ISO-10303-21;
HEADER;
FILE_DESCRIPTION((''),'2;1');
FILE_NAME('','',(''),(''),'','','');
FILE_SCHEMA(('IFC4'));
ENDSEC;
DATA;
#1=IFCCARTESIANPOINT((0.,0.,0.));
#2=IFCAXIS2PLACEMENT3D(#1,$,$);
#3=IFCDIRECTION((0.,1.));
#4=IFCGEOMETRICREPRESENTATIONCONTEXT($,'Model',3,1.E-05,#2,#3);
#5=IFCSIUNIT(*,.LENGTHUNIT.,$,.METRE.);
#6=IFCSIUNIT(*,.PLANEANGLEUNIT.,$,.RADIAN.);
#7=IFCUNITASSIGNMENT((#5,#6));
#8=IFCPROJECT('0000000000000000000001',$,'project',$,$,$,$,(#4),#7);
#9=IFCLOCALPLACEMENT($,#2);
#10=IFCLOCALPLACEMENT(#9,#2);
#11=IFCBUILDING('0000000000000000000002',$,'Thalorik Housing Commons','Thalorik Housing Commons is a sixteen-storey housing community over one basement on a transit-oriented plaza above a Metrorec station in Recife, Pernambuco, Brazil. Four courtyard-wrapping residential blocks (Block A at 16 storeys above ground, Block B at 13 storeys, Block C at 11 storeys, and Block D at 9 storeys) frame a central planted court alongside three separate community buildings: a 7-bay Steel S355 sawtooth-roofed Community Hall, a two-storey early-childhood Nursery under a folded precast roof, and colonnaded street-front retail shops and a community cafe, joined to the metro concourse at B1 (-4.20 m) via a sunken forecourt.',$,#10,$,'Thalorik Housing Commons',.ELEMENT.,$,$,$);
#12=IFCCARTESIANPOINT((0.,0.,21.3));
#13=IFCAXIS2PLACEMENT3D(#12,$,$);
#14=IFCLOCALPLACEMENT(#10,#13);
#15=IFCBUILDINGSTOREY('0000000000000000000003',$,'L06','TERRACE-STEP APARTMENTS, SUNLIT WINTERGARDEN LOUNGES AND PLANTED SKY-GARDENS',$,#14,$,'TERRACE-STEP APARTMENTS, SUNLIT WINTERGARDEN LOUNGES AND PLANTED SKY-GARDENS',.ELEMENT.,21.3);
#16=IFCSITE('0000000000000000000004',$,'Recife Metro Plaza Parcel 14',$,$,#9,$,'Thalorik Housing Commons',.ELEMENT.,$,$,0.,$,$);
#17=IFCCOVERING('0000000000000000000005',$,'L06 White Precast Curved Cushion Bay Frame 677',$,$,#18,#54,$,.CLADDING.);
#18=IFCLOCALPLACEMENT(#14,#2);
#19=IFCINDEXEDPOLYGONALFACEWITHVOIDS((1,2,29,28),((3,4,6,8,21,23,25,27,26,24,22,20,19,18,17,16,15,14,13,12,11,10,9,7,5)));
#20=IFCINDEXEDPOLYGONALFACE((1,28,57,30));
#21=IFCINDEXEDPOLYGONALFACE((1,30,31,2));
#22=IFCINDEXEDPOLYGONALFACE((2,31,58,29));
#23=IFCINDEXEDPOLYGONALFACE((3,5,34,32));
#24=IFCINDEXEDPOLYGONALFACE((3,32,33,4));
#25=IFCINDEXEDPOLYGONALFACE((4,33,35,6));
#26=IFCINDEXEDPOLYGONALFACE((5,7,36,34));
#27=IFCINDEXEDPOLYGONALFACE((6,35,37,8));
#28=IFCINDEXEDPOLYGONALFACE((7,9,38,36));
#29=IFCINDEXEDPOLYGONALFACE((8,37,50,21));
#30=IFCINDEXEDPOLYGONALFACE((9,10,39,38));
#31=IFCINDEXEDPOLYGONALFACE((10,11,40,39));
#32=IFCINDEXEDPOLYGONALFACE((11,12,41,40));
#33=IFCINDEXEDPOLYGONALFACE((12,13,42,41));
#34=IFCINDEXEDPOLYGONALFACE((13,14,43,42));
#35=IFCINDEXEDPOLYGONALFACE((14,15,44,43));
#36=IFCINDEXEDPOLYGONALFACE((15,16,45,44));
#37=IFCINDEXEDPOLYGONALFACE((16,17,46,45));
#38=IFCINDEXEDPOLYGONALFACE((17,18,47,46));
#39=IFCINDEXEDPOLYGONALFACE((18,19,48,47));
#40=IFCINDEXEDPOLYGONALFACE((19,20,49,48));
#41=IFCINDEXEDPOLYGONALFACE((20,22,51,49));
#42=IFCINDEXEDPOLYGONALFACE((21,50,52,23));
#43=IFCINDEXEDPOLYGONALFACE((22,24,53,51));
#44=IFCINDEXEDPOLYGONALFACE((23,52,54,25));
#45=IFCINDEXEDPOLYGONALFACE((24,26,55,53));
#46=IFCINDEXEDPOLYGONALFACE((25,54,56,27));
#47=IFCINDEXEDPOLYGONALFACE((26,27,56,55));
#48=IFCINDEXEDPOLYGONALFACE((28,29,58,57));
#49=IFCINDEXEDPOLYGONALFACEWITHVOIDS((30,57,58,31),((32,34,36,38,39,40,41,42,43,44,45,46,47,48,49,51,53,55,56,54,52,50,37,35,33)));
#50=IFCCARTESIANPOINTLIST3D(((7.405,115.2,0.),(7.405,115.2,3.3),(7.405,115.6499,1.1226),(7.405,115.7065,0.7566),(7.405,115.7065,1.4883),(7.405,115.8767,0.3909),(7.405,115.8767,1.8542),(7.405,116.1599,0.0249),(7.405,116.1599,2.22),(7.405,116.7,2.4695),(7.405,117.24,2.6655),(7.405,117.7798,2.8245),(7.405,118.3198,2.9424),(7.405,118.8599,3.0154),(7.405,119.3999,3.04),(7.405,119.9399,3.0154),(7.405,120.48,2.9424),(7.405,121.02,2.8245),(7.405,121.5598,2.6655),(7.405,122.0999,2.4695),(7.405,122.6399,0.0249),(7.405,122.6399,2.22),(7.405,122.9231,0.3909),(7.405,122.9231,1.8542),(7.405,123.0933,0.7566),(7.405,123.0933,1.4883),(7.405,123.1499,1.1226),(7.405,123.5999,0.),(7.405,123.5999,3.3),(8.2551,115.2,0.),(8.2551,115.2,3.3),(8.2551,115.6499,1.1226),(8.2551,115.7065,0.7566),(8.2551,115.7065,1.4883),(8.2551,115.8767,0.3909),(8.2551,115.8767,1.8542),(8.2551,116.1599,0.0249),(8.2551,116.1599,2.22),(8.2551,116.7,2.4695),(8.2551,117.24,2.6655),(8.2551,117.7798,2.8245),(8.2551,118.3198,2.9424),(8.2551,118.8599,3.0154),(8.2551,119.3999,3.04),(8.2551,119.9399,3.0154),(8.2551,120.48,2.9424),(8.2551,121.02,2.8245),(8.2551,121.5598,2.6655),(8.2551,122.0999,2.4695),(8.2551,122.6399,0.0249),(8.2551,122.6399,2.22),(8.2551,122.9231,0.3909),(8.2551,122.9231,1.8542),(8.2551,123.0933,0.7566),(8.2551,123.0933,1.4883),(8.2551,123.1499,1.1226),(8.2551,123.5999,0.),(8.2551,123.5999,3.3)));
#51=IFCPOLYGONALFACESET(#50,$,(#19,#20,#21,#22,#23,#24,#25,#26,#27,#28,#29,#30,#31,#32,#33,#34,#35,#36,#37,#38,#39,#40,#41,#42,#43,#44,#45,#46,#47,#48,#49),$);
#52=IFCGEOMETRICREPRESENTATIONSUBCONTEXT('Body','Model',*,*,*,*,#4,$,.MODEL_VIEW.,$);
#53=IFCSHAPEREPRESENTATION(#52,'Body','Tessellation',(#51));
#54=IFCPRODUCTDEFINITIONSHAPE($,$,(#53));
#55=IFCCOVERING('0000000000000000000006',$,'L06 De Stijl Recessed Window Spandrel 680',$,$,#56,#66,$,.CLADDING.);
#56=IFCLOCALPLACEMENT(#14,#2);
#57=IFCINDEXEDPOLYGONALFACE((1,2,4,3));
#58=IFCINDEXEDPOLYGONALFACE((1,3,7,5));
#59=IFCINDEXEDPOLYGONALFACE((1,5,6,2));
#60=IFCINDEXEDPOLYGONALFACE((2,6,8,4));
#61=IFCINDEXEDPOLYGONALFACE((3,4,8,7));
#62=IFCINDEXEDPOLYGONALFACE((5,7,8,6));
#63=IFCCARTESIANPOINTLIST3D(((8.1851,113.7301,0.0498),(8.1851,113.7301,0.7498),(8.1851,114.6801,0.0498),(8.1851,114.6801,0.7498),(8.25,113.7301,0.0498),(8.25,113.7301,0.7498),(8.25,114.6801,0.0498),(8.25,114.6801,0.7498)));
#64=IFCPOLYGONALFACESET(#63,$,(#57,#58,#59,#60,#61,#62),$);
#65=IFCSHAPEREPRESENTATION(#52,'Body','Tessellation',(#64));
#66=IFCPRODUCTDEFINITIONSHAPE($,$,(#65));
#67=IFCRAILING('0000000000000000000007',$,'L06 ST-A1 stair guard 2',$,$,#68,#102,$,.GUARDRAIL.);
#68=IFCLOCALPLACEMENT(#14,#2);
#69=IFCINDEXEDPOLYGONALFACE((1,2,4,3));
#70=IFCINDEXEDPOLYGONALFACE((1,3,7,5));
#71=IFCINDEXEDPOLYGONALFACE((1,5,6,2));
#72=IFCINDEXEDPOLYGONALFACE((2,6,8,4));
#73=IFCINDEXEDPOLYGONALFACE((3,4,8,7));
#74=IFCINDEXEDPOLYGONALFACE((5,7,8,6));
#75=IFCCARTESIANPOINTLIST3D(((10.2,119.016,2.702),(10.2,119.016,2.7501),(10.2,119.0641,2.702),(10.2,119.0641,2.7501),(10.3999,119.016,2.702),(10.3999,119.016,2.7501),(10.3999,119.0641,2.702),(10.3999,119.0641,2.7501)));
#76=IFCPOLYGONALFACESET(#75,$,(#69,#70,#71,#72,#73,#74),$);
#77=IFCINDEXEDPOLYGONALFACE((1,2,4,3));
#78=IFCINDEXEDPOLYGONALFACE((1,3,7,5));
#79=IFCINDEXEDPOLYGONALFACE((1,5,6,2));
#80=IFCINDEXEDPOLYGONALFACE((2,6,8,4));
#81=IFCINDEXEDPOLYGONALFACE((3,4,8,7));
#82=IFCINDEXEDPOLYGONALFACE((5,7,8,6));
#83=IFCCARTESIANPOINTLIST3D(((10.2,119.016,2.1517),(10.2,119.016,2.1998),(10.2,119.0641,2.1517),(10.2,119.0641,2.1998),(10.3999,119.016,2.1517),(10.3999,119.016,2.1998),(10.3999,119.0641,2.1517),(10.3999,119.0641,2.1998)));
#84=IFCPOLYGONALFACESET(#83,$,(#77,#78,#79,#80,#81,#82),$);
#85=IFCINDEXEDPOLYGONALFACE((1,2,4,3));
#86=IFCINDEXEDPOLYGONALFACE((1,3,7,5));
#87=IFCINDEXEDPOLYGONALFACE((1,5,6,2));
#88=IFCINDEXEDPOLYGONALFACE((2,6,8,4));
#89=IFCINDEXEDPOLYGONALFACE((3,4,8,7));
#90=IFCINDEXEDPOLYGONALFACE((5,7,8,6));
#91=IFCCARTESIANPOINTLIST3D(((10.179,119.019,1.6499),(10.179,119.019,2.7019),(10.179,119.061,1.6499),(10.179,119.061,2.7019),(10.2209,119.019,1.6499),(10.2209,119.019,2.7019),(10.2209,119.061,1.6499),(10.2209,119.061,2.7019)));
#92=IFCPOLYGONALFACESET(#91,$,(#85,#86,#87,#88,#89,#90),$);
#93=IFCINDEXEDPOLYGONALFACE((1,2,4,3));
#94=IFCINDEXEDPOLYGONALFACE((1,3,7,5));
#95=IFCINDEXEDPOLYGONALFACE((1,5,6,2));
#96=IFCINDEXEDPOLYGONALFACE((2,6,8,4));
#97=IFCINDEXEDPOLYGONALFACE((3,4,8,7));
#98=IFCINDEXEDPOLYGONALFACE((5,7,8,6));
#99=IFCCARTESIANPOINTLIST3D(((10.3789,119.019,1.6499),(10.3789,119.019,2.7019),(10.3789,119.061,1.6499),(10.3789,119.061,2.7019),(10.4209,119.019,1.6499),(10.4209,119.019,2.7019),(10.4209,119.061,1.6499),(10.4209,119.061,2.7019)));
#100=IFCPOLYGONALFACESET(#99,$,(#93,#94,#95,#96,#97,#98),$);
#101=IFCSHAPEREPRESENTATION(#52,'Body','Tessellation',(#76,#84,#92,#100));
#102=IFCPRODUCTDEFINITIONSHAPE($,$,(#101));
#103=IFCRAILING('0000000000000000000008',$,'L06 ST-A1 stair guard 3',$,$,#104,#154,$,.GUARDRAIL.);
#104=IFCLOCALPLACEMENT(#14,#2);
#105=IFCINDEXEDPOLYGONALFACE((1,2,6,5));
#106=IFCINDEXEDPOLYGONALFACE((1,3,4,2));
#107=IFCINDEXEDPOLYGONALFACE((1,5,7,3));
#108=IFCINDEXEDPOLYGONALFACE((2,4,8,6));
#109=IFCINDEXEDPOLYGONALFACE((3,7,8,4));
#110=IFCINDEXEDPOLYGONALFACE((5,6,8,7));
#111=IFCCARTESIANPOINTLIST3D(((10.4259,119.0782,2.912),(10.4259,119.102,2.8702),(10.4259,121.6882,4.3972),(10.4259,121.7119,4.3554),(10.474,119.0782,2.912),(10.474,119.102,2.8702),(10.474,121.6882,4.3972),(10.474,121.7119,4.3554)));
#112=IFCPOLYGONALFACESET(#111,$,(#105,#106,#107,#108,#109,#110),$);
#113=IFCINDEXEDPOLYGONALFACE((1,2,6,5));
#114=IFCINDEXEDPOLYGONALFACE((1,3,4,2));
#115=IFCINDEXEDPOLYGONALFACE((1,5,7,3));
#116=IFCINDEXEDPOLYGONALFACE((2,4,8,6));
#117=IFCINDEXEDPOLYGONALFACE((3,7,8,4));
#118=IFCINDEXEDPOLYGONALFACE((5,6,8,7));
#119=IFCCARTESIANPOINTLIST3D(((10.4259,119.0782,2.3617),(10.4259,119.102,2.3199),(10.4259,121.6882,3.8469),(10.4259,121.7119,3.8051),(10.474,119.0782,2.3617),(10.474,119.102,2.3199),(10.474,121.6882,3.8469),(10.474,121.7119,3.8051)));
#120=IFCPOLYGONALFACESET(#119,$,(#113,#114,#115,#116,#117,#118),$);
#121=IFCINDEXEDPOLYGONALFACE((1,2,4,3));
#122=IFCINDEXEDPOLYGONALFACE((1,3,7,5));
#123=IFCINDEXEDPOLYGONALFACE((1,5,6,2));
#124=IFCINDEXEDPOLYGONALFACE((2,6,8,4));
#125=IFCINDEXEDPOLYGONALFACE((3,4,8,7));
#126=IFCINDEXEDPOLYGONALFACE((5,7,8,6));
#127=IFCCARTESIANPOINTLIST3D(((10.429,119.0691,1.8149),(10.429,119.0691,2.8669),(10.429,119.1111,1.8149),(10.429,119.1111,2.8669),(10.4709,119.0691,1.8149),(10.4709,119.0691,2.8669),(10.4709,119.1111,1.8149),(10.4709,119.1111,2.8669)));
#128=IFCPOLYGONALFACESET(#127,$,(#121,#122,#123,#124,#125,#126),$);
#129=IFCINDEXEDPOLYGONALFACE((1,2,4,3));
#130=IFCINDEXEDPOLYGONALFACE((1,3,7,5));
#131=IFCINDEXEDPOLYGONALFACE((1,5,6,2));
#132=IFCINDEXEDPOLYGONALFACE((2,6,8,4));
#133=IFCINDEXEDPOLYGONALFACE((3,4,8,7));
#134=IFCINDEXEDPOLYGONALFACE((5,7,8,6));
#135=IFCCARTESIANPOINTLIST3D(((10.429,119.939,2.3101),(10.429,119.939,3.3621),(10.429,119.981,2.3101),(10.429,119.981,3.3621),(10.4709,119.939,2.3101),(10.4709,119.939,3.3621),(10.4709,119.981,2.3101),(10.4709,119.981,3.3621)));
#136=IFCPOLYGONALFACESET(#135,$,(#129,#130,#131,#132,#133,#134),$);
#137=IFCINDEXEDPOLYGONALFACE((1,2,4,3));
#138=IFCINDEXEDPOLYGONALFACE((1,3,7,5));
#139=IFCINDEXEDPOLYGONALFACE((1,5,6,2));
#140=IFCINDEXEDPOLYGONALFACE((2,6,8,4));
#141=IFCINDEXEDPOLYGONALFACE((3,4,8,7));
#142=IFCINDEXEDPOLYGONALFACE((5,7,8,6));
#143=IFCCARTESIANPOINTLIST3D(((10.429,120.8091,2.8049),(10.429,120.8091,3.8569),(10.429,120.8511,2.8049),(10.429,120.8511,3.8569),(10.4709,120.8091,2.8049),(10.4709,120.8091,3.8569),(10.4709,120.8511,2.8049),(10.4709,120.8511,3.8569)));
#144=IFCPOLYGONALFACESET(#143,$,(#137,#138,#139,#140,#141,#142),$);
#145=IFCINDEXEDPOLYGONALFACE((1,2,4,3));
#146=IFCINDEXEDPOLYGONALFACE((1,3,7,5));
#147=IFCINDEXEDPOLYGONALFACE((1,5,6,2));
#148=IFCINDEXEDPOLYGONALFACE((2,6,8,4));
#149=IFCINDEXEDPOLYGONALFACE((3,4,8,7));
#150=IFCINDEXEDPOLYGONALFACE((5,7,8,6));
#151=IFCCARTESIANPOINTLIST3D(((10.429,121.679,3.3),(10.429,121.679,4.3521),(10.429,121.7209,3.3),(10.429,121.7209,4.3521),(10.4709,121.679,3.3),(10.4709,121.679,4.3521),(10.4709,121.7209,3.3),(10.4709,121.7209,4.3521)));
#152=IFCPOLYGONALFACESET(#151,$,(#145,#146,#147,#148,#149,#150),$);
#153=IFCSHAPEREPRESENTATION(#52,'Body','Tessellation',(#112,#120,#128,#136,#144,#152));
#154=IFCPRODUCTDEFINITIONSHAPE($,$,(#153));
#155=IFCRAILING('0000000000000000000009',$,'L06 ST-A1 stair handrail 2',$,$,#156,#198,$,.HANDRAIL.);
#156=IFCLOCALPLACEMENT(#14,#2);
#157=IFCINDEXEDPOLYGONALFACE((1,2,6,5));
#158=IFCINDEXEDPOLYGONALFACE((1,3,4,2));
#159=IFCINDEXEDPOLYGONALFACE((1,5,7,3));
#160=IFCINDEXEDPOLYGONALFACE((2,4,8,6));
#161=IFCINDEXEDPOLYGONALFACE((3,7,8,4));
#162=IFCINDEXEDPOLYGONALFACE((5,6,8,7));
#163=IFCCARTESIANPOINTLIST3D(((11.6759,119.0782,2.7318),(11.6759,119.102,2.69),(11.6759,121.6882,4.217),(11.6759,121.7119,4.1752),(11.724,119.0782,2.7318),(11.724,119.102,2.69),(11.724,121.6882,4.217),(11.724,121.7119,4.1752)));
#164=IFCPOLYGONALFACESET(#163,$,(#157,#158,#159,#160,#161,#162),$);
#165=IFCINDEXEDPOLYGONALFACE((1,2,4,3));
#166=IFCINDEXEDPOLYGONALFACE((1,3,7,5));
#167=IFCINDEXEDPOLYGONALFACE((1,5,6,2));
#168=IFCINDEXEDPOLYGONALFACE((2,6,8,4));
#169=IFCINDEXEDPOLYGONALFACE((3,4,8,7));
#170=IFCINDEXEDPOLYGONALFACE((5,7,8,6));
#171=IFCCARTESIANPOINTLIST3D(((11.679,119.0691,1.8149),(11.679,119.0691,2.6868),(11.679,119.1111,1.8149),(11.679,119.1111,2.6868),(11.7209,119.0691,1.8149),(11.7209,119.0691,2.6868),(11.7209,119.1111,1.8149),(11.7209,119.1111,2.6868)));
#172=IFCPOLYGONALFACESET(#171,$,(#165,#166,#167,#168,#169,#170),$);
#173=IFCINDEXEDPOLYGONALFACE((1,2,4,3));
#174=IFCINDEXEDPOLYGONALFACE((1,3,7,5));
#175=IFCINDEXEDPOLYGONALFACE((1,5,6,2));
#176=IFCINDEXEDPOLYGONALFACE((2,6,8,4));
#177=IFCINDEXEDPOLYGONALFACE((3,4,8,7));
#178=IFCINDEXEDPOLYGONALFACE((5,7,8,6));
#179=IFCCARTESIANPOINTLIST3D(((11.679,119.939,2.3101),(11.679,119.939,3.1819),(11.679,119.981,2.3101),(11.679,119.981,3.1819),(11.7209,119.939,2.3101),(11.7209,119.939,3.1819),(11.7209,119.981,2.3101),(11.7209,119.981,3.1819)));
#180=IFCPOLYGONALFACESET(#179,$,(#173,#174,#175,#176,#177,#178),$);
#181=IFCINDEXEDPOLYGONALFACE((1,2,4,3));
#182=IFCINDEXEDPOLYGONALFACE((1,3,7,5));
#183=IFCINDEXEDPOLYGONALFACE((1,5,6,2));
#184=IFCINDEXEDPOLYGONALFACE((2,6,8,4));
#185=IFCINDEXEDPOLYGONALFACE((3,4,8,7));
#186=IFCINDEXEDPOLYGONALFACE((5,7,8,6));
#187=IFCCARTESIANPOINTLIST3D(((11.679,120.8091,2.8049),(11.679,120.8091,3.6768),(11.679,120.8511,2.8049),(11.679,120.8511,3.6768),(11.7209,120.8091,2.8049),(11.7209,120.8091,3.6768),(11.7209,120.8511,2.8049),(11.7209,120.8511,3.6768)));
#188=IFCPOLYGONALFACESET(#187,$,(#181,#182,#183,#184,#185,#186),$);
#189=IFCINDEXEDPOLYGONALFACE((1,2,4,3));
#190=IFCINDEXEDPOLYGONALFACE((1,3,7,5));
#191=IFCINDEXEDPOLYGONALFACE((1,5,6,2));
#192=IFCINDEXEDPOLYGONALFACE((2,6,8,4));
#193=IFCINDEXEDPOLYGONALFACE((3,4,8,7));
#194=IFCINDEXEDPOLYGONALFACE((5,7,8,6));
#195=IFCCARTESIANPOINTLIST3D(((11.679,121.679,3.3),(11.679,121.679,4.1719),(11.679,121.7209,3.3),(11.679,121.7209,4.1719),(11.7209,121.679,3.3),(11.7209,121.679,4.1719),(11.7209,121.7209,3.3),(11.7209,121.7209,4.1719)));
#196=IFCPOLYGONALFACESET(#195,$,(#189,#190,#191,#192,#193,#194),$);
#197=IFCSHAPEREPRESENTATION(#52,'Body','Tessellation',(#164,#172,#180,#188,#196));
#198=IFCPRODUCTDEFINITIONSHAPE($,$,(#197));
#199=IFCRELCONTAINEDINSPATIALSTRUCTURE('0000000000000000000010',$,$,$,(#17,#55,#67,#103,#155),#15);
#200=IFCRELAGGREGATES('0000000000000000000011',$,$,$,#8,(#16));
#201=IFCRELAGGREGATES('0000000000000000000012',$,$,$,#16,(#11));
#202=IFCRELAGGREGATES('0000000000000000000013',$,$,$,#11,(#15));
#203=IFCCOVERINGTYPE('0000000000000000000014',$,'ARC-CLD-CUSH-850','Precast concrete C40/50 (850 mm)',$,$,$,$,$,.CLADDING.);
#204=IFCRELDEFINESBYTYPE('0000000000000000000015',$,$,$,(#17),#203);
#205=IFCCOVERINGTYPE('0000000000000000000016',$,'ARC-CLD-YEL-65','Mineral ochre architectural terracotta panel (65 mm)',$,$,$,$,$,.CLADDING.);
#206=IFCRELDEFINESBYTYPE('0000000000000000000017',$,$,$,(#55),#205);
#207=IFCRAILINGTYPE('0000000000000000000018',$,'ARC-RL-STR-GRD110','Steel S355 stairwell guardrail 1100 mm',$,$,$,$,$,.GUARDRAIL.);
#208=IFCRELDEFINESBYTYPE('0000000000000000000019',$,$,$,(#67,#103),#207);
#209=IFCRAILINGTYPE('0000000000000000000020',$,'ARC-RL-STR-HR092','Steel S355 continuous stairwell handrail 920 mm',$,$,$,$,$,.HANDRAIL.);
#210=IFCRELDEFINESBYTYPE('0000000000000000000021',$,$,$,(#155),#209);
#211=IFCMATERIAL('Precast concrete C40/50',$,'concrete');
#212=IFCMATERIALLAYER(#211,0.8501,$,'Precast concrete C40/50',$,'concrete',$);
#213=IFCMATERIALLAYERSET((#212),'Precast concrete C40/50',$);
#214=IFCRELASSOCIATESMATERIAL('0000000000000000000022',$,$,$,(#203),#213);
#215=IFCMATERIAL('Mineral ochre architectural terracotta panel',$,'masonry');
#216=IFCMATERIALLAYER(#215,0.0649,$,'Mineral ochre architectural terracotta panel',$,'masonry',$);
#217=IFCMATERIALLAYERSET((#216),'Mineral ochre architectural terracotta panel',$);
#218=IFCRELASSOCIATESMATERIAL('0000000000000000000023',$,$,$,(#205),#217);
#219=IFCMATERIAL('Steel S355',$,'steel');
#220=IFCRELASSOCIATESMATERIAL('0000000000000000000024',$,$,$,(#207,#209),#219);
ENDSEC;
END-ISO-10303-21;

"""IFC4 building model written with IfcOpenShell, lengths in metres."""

from ifc_helpers import new_model, si_unit, direction, frame, origin, origin_2d, place, context, subcontext, project, spatial, polyline, rectangle, outline, extrude, material, layer, layer_set, type_object, element, save


model = new_model("IFC4")

# Units and contexts
model_context = context("Model", 3, precision=1e-05, world=origin(), true_north=direction((0.0, 1.0)))
body_context = subcontext(model_context, "Body", "Model", "MODEL_VIEW")
ifc_project = project(units=[si_unit("LENGTHUNIT", "METRE"), si_unit("PLANEANGLEUNIT", "RADIAN")], contexts=[model_context])

# Site, building, storey
site_placement = place(None, origin())
site = spatial("IfcSite", under=ifc_project, at=site_placement, Name="Recife Metro Plaza Parcel 14", LongName="Thalorik Housing Commons", CompositionType="ELEMENT", RefElevation=0.0)
building_placement = place(site_placement, origin())
building = spatial("IfcBuilding", under=site, at=building_placement, Name="Thalorik Housing Commons", Description="Thalorik Housing Commons is a sixteen-storey housing community over one basement on a transit-oriented plaza above a Metrorec station in Recife, Pernambuco, Brazil. Four courtyard-wrapping residential blocks (Block A at 16 storeys above ground, Block B at 13 storeys, Block C at 11 storeys, and Block D at 9 storeys) frame a central planted court alongside three separate community buildings: a 7-bay Steel S355 sawtooth-roofed Community Hall, a two-storey early-childhood Nursery under a folded precast roof, and colonnaded street-front retail shops and a community cafe, joined to the metro concourse at B1 (-4.20 m) via a sunken forecourt.", LongName="Thalorik Housing Commons", CompositionType="ELEMENT")
storey_placement = place(building_placement, frame((0.0, 0.0, 21.3)))
storey = spatial("IfcBuildingStorey", under=building, at=storey_placement, Name="L06", Description="TERRACE-STEP APARTMENTS, SUNLIT WINTERGARDEN LOUNGES AND PLANTED SKY-GARDENS", LongName="TERRACE-STEP APARTMENTS, SUNLIT WINTERGARDEN LOUNGES AND PLANTED SKY-GARDENS", CompositionType="ELEMENT", Elevation=21.3)

# Shared definitions
ifc_material_1 = material(Name="Precast concrete C40/50", Category="concrete")

# Shared definitions
ifc_material_2 = material(Name="Steel S355", Category="steel")

# Coverings
ifc_layer_1 = layer(ifc_material_1, 0.8501, Name="Precast concrete C40/50", Category="concrete")
ifc_layer_set_1 = layer_set([ifc_layer_1], Name="Precast concrete C40/50")
covering_type_1 = type_object("IfcCoveringType", Name="ARC-CLD-CUSH-850", Description="Precast concrete C40/50 (850 mm)", PredefinedType="CLADDING", material=ifc_layer_set_1)
covering_1_placement = place(storey_placement, frame((7.8301, 119.3999, 0.0), z_axis=(0.0, 0.0, 1.0), x_axis=(0.0, -1.0, 0.0)))
element("IfcCovering", 1, at=covering_1_placement, inside=storey, type_object=covering_type_1, Name="L06 White Precast Curved Cushion Bay Frame 677", PredefinedType="CLADDING", context=body_context, shape_type="SweptSolid", body=[
    extrude(outline(polyline([(-4.2, 0.0), (4.2, 0.0), (4.2, 3.3), (-4.2, 3.3), (-4.2, 0.0)]), holes=[polyline([(3.24, 0.0249), (3.5232, 0.3909), (3.6934, 0.7566), (3.75, 1.1226), (3.6934, 1.4883), (3.5232, 1.8542), (3.24, 2.22), (2.7, 2.4695), (2.1599, 2.6655), (1.6201, 2.8245), (1.0801, 2.9424), (0.54, 3.0154), (0.0, 3.04), (-0.54, 3.0154), (-1.0801, 2.9424), (-1.6201, 2.8245), (-2.1599, 2.6655), (-2.7, 2.4695), (-3.24, 2.22), (-3.5232, 1.8542), (-3.6934, 1.4883), (-3.75, 1.1226), (-3.6934, 0.7566), (-3.5232, 0.3909), (-3.24, 0.0249), (3.24, 0.0249)])]), frame((0.0, 0.425, 0.0), z_axis=(0.0, -1.0, 0.0), x_axis=(1.0, 0.0, 0.0)), (0.0, 0.0, 1.0), 0.8501),
])
ifc_material_3 = material(Name="Mineral ochre architectural terracotta panel", Category="masonry")
ifc_layer_2 = layer(ifc_material_3, 0.0649, Name="Mineral ochre architectural terracotta panel", Category="masonry")
ifc_layer_set_2 = layer_set([ifc_layer_2], Name="Mineral ochre architectural terracotta panel")
covering_type_2 = type_object("IfcCoveringType", Name="ARC-CLD-YEL-65", Description="Mineral ochre architectural terracotta panel (65 mm)", PredefinedType="CLADDING", material=ifc_layer_set_2)
covering_2_placement = place(storey_placement, frame((8.2175, 114.2051, 0.0498), z_axis=(0.0, 0.0, 1.0), x_axis=(0.0, -1.0, 0.0)))
element("IfcCovering", 2, at=covering_2_placement, inside=storey, type_object=covering_type_2, Name="L06 De Stijl Recessed Window Spandrel 680", PredefinedType="CLADDING", context=body_context, shape_type="SweptSolid", body=[
    extrude(rectangle(XDim=0.95, YDim=0.0649, at=origin_2d()), origin(), (0.0, 0.0, 1.0), 0.7),
])

# Railings
railing_type_1 = type_object("IfcRailingType", Name="ARC-RL-STR-GRD110", Description="Steel S355 stairwell guardrail 1100 mm", PredefinedType="GUARDRAIL", material=ifc_material_2)
railing_1_placement = place(storey_placement, frame((10.2, 119.04, 1.6499)))
element("IfcRailing", 3, at=railing_1_placement, inside=storey, type_object=railing_type_1, Name="L06 ST-A1 stair guard 2", PredefinedType="GUARDRAIL", context=body_context, shape_type="SweptSolid", body=[
    extrude(rectangle(XDim=0.0481, YDim=0.0481, at=origin_2d()), frame((0.0, 0.0, 1.0762), z_axis=(1.0, 0.0, 0.0), x_axis=(0.0, 1.0, 0.0)), (0.0, 0.0, 1.0), 0.2),
    extrude(rectangle(XDim=0.0481, YDim=0.0481, at=origin_2d()), frame((0.0, 0.0, 0.5259), z_axis=(1.0, 0.0, 0.0), x_axis=(0.0, 1.0, 0.0)), (0.0, 0.0, 1.0), 0.2),
    extrude(rectangle(XDim=0.042, YDim=0.042, at=origin_2d()), origin(), (0.0, 0.0, 1.0), 1.052),
    extrude(rectangle(XDim=0.042, YDim=0.042, at=origin_2d()), frame((0.2, 0.0, 0.0)), (0.0, 0.0, 1.0), 1.052),
])
railing_2_placement = place(storey_placement, frame((10.45, 119.0901, 1.8149)))
element("IfcRailing", 4, at=railing_2_placement, inside=storey, type_object=railing_type_1, Name="L06 ST-A1 stair guard 3", PredefinedType="GUARDRAIL", context=body_context, shape_type="SweptSolid", body=[
    extrude(rectangle(XDim=0.0481, YDim=0.0481, at=origin_2d()), frame((0.0, 0.0, 1.0762), z_axis=(0.0, 0.869137, 0.494571), x_axis=(-1.0, 0.0, 0.0)), (0.0, 0.0, 1.0), 3.0029),
    extrude(rectangle(XDim=0.0481, YDim=0.0481, at=origin_2d()), frame((0.0, 0.0, 0.5259), z_axis=(0.0, 0.869137, 0.494571), x_axis=(-1.0, 0.0, 0.0)), (0.0, 0.0, 1.0), 3.0029),
    extrude(rectangle(XDim=0.042, YDim=0.042, at=origin_2d()), origin(), (0.0, 0.0, 1.0), 1.052),
    extrude(rectangle(XDim=0.042, YDim=0.042, at=origin_2d()), frame((0.0, 0.8699, 0.4951)), (0.0, 0.0, 1.0), 1.052),
    extrude(rectangle(XDim=0.042, YDim=0.042, at=origin_2d()), frame((0.0, 1.74, 0.99)), (0.0, 0.0, 1.0), 1.052),
    extrude(rectangle(XDim=0.042, YDim=0.042, at=origin_2d()), frame((0.0, 2.6099, 1.4851)), (0.0, 0.0, 1.0), 1.052),
])
railing_type_2 = type_object("IfcRailingType", Name="ARC-RL-STR-HR092", Description="Steel S355 continuous stairwell handrail 920 mm", PredefinedType="HANDRAIL", material=ifc_material_2)
railing_3_placement = place(storey_placement, frame((11.7, 119.0901, 1.8149)))
element("IfcRailing", 5, at=railing_3_placement, inside=storey, type_object=railing_type_2, Name="L06 ST-A1 stair handrail 2", PredefinedType="HANDRAIL", context=body_context, shape_type="SweptSolid", body=[
    extrude(rectangle(XDim=0.0481, YDim=0.0481, at=origin_2d()), frame((0.0, 0.0, 0.896), z_axis=(0.0, 0.869137, 0.494571), x_axis=(-1.0, 0.0, 0.0)), (0.0, 0.0, 1.0), 3.0029),
    extrude(rectangle(XDim=0.042, YDim=0.042, at=origin_2d()), origin(), (0.0, 0.0, 1.0), 0.8718),
    extrude(rectangle(XDim=0.042, YDim=0.042, at=origin_2d()), frame((0.0, 0.8699, 0.4951)), (0.0, 0.0, 1.0), 0.8718),
    extrude(rectangle(XDim=0.042, YDim=0.042, at=origin_2d()), frame((0.0, 1.74, 0.99)), (0.0, 0.0, 1.0), 0.8718),
    extrude(rectangle(XDim=0.042, YDim=0.042, at=origin_2d()), frame((0.0, 2.6099, 1.4851)), (0.0, 0.0, 1.0), 0.8718),
])

save(model, "model.ifc")
